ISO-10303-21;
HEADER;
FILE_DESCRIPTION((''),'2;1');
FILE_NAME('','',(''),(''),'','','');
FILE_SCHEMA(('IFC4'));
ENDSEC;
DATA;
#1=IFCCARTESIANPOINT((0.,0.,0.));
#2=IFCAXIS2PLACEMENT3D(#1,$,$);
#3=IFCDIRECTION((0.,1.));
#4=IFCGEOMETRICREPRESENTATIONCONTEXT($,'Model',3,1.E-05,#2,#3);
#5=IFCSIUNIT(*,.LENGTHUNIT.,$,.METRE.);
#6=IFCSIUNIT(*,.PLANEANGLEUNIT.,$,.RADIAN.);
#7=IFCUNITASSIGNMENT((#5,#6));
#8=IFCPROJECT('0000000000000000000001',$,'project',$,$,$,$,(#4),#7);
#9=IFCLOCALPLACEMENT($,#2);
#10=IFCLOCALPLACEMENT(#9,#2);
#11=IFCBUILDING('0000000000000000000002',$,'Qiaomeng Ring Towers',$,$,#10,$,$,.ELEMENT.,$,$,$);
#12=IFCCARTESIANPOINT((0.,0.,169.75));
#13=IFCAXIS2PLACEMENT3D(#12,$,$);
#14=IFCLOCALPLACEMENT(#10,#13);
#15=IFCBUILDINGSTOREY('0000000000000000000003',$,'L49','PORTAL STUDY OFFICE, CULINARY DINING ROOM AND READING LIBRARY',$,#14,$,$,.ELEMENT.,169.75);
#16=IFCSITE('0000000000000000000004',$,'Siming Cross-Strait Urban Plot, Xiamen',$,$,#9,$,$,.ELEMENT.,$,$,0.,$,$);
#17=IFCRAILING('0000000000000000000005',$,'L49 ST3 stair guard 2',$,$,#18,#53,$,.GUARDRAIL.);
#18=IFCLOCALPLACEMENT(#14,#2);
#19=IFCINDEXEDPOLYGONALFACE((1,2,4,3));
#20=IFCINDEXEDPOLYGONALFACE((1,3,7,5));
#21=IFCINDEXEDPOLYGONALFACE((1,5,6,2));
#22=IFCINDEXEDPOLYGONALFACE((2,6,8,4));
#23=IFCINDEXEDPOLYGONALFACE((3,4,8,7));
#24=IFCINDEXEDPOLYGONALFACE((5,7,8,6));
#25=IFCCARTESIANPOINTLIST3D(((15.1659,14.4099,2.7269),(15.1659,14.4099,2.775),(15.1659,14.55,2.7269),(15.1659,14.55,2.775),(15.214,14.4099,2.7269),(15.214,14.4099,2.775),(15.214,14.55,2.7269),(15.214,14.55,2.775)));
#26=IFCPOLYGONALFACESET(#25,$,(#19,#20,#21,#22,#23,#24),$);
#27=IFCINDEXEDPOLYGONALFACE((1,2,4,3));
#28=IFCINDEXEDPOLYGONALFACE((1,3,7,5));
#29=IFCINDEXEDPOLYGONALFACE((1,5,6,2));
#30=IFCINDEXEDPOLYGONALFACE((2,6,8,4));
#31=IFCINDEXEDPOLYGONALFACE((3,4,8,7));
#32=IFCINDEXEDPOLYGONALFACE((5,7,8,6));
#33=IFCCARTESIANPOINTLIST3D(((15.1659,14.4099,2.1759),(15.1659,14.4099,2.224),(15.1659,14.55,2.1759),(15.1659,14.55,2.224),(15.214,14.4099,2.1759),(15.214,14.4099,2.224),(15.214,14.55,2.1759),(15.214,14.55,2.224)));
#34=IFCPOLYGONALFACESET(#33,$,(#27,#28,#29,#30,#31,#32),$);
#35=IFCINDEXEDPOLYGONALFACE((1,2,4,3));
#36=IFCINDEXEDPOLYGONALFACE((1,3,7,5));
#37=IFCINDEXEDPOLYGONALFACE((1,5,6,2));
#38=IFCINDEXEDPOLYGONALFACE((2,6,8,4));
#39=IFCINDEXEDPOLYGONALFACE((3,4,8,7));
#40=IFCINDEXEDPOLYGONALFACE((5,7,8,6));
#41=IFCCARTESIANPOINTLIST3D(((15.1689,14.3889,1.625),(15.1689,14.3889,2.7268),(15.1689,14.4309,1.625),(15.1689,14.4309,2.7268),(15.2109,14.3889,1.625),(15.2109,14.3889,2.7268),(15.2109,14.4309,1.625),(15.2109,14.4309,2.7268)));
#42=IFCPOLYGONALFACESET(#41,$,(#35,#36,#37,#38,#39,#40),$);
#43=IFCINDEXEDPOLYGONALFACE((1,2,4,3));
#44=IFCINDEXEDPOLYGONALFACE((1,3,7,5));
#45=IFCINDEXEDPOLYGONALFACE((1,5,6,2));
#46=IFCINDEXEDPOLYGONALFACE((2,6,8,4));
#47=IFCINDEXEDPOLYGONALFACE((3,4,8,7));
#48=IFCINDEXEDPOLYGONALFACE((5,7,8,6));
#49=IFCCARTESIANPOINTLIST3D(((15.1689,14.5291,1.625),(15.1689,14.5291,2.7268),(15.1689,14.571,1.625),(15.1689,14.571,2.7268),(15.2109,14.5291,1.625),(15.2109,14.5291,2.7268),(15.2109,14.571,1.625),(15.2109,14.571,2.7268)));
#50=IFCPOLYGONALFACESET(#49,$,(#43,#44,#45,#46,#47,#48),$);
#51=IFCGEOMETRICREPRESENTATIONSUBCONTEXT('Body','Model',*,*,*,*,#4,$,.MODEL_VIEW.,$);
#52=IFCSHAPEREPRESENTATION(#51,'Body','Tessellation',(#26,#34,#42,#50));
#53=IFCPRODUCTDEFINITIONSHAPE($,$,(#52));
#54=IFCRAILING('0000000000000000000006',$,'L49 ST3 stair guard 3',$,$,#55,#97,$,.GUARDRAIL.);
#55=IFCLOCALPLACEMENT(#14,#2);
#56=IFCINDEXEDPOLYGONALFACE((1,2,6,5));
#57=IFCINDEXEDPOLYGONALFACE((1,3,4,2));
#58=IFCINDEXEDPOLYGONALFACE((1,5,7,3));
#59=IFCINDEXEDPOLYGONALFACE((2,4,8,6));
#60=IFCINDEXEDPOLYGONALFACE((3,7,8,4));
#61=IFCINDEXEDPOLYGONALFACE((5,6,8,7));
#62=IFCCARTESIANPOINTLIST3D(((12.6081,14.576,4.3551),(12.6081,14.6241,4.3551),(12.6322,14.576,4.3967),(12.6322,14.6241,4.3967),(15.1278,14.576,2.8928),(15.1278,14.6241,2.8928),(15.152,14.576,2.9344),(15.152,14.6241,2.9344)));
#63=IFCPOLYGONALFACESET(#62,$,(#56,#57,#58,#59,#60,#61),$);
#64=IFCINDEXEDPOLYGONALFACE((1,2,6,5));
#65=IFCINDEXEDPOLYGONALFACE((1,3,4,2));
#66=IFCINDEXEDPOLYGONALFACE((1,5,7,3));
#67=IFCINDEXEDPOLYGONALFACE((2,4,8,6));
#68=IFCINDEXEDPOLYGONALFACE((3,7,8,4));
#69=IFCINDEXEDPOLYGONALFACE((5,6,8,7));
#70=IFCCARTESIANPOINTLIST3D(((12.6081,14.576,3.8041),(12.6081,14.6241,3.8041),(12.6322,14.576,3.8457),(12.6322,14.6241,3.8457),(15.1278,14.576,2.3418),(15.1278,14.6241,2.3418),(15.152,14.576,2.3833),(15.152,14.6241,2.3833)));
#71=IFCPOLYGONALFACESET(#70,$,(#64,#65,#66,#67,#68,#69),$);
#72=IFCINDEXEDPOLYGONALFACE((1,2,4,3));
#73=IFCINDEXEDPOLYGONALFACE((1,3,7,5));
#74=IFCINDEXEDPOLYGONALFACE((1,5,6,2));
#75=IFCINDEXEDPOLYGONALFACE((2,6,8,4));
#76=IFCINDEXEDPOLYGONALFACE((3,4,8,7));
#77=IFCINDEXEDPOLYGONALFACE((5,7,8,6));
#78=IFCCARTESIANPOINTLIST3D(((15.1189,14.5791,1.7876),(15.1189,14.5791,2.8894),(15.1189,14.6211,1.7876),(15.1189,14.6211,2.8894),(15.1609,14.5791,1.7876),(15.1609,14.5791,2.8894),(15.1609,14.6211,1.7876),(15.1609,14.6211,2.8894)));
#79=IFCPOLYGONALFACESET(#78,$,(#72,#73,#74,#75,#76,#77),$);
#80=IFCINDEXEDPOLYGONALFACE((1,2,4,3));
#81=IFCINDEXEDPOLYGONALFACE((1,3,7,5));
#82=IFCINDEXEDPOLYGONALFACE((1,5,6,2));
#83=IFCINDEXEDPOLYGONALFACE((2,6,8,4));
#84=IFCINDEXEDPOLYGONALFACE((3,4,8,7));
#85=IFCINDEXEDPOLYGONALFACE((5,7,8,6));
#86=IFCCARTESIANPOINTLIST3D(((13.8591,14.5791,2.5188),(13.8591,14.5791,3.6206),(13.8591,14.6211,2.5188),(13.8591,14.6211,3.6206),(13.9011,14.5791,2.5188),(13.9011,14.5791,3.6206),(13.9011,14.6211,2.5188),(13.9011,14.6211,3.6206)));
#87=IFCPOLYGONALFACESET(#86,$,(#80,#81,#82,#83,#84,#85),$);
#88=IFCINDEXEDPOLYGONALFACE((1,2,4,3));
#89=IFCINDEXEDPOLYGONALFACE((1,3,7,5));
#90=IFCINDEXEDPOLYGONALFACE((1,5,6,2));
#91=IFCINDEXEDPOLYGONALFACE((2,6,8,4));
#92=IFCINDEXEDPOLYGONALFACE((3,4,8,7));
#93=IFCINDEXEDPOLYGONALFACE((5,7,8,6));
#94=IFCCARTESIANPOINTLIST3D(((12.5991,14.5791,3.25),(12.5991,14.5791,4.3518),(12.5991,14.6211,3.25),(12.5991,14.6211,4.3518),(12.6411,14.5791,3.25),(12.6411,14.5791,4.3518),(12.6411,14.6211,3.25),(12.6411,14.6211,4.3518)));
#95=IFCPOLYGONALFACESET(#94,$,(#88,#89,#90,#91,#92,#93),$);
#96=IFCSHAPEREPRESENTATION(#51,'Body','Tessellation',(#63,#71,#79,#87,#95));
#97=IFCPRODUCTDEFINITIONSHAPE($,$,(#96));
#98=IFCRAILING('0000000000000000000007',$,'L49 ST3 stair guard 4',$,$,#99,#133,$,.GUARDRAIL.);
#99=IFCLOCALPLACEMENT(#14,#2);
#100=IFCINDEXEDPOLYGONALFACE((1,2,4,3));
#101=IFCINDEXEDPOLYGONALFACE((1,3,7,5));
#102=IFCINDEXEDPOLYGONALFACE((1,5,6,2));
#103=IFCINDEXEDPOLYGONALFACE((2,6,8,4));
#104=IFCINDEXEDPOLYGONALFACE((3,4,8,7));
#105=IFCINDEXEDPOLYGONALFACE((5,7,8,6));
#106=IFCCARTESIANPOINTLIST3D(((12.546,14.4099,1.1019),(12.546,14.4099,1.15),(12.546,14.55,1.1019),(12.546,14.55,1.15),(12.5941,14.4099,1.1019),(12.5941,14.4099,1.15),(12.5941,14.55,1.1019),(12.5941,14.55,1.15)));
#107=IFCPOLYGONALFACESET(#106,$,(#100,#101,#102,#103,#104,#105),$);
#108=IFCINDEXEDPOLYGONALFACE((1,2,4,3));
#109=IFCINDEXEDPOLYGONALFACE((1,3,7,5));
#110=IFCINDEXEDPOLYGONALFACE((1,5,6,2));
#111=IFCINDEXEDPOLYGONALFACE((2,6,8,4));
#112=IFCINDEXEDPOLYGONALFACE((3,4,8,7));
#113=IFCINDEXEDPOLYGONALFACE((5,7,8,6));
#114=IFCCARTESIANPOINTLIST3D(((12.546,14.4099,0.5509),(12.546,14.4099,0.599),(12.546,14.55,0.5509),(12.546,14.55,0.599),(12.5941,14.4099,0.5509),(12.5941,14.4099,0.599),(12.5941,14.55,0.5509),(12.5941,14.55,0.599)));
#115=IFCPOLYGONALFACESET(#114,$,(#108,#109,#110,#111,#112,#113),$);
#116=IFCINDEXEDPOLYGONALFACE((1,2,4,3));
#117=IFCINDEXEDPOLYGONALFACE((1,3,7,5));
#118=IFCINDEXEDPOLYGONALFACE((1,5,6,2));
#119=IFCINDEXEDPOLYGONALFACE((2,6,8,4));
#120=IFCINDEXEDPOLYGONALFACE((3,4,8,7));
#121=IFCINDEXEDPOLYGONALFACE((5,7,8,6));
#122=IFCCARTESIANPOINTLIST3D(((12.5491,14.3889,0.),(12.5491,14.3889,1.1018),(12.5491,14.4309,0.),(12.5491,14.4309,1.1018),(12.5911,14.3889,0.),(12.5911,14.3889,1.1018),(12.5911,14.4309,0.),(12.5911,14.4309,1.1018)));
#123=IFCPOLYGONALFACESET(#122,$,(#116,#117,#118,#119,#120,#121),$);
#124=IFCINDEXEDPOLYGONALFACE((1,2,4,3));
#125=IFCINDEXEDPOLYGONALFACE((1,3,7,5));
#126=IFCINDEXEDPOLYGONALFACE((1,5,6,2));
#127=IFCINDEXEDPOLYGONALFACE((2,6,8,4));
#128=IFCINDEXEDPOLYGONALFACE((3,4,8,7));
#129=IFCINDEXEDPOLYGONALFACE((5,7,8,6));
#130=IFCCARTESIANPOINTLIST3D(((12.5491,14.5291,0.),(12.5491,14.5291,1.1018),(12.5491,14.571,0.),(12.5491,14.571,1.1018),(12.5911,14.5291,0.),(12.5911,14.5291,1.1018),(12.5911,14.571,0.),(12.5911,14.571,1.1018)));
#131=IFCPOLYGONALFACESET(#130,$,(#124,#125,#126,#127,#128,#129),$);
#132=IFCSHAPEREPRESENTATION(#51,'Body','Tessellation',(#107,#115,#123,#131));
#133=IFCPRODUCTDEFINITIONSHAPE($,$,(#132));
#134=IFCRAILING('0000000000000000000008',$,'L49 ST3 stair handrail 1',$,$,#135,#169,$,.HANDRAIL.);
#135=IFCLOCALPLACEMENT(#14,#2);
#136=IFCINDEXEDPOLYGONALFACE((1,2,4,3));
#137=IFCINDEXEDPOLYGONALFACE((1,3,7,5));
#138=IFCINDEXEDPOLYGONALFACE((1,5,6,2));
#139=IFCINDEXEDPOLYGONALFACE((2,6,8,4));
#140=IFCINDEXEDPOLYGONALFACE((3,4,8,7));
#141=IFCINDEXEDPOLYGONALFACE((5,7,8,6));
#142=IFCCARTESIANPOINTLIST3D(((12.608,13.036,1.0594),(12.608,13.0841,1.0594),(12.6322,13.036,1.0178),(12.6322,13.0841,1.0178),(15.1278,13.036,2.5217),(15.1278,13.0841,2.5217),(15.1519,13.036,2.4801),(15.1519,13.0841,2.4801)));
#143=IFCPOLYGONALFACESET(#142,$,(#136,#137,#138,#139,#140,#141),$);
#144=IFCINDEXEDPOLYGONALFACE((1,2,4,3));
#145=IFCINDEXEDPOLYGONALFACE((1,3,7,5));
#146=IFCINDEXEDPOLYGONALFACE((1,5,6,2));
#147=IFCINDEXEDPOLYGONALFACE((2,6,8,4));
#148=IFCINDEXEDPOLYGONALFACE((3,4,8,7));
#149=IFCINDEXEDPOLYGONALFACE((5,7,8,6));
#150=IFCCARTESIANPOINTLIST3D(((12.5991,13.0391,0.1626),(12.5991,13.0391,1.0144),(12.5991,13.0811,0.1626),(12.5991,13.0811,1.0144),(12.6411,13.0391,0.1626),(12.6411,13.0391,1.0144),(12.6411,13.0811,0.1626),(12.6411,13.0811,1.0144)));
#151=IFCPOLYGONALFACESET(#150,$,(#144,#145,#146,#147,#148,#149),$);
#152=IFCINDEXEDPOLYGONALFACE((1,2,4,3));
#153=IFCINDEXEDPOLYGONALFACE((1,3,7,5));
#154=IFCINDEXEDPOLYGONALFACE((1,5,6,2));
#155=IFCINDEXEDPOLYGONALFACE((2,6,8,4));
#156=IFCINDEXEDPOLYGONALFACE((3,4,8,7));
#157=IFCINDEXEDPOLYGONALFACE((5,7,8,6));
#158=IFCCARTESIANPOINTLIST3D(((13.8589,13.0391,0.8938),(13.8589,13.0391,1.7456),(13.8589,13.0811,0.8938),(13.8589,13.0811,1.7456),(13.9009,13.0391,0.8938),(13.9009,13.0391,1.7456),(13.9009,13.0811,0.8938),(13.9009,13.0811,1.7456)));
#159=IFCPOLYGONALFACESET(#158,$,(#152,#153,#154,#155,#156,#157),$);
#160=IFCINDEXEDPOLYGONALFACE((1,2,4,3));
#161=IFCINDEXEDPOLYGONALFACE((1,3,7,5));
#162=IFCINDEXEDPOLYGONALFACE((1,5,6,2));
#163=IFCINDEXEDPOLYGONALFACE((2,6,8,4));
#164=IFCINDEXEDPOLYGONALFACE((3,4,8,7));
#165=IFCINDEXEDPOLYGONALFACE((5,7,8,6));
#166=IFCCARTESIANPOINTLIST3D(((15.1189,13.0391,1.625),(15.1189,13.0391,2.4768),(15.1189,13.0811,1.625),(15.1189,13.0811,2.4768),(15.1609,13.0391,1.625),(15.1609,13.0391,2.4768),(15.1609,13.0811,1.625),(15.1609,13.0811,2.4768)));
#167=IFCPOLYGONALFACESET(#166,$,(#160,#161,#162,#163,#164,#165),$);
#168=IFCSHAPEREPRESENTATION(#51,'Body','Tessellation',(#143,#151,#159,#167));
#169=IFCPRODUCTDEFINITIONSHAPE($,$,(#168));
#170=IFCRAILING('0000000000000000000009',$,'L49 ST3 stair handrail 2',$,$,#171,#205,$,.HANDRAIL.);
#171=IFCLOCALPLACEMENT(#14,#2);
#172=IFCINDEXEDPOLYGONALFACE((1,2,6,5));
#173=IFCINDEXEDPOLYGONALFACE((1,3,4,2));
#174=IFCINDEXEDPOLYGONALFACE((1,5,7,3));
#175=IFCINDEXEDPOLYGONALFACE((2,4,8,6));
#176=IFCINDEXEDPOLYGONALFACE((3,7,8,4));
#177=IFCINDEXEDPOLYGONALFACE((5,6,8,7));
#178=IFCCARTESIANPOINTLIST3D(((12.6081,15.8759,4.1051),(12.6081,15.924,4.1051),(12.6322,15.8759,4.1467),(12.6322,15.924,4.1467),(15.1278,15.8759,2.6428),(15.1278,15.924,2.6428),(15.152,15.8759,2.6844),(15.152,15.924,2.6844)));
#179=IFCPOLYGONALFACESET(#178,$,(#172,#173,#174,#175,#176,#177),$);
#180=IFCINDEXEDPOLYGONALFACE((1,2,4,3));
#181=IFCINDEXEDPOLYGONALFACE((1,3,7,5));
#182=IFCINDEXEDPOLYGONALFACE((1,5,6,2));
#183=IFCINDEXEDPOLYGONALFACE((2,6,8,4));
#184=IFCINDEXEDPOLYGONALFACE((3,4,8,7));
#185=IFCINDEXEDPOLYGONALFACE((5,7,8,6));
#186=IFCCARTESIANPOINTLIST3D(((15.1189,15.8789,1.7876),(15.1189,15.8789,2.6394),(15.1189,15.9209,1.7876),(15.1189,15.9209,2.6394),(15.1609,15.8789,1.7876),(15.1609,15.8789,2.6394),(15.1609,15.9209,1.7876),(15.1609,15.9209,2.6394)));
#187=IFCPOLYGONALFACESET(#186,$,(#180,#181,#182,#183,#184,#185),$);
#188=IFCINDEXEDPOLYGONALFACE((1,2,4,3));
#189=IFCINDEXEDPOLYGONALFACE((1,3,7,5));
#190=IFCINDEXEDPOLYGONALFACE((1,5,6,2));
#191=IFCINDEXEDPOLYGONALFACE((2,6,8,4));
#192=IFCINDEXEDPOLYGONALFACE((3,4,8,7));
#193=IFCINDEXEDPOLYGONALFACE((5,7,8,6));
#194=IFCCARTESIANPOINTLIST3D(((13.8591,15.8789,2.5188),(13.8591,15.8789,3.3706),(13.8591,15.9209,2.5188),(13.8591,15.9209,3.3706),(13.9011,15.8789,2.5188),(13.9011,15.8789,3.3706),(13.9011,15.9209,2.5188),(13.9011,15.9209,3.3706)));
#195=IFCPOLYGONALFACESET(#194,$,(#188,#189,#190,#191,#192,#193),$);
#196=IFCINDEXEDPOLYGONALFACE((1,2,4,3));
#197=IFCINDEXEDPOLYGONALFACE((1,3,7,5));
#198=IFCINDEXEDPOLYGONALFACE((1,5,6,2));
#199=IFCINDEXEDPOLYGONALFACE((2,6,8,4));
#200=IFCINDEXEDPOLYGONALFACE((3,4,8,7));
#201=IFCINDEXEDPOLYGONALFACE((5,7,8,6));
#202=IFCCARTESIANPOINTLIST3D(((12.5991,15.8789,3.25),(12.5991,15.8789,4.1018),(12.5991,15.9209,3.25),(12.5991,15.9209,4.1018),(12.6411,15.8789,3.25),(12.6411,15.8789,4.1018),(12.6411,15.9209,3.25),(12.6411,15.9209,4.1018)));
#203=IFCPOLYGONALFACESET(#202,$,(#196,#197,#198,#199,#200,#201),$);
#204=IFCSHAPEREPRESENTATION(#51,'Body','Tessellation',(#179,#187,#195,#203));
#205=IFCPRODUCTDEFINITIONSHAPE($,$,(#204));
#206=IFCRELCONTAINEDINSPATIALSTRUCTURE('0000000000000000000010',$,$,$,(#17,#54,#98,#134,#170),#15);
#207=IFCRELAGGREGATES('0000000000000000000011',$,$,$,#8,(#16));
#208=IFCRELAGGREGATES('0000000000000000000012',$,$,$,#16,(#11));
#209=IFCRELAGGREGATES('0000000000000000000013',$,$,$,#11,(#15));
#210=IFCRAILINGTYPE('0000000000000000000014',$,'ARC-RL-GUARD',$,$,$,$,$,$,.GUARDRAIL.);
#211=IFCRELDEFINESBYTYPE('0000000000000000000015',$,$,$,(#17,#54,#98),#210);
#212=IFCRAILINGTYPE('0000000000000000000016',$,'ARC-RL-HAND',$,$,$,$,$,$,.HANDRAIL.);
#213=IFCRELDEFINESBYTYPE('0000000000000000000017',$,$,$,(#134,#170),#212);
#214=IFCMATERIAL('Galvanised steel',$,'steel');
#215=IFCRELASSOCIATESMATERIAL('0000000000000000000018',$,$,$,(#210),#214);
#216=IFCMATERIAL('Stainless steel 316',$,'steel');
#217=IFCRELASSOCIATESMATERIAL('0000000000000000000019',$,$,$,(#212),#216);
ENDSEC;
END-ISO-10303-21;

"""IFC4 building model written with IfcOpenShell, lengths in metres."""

from ifc_helpers import new_model, si_unit, direction, frame, origin, origin_2d, place, context, subcontext, project, spatial, rectangle, extrude, material, type_object, element, save


model = new_model("IFC4")

# Units and contexts
model_context = context("Model", 3, precision=1e-05, world=origin(), true_north=direction((0.0, 1.0)))
body_context = subcontext(model_context, "Body", "Model", "MODEL_VIEW")
ifc_project = project(units=[si_unit("LENGTHUNIT", "METRE"), si_unit("PLANEANGLEUNIT", "RADIAN")], contexts=[model_context])

# Site, building, storey
site_placement = place(None, origin())
site = spatial("IfcSite", under=ifc_project, at=site_placement, Name="Siming Cross-Strait Urban Plot, Xiamen", CompositionType="ELEMENT", RefElevation=0.0)
building_placement = place(site_placement, origin())
building = spatial("IfcBuilding", under=site, at=building_placement, Name="Qiaomeng Ring Towers", CompositionType="ELEMENT")
storey_placement = place(building_placement, frame((0.0, 0.0, 169.75)))
storey = spatial("IfcBuildingStorey", under=building, at=storey_placement, Name="L49", Description="PORTAL STUDY OFFICE, CULINARY DINING ROOM AND READING LIBRARY", CompositionType="ELEMENT", Elevation=169.75)

# Shared definitions
ifc_material_1 = material(Name="Galvanised steel", Category="steel")

# Railings
railing_type_1 = type_object("IfcRailingType", Name="ARC-RL-GUARD", PredefinedType="GUARDRAIL", material=ifc_material_1)
railing_1_placement = place(storey_placement, frame((15.1899, 14.4099, 1.625)))
element("IfcRailing", 1, at=railing_1_placement, inside=storey, type_object=railing_type_1, Name="L49 ST3 stair guard 2", PredefinedType="GUARDRAIL", context=body_context, shape_type="SweptSolid", body=[
    extrude(rectangle(XDim=0.0481, YDim=0.0481, at=origin_2d()), frame((0.0, 0.0, 1.126), z_axis=(0.0, 1.0, 0.0), x_axis=(-1.0, 0.0, 0.0)), (0.0, 0.0, 1.0), 0.1401),
    extrude(rectangle(XDim=0.0481, YDim=0.0481, at=origin_2d()), frame((0.0, 0.0, 0.575), z_axis=(0.0, 1.0, 0.0), x_axis=(-1.0, 0.0, 0.0)), (0.0, 0.0, 1.0), 0.1401),
    extrude(rectangle(XDim=0.042, YDim=0.042, at=origin_2d()), origin(), (0.0, 0.0, 1.0), 1.1018),
    extrude(rectangle(XDim=0.042, YDim=0.042, at=origin_2d()), frame((0.0, 0.1401, 0.0)), (0.0, 0.0, 1.0), 1.1018),
])
railing_2_placement = place(storey_placement, frame((15.1399, 14.6001, 1.7876)))
element("IfcRailing", 2, at=railing_2_placement, inside=storey, type_object=railing_type_1, Name="L49 ST3 stair guard 3", PredefinedType="GUARDRAIL", context=body_context, shape_type="SweptSolid", body=[
    extrude(rectangle(XDim=0.0481, YDim=0.0481, at=origin_2d()), frame((0.0, 0.0, 1.126), z_axis=(-0.864892, 0.0, 0.501958), x_axis=(0.0, -1.0, 0.0)), (0.0, 0.0, 1.0), 2.9133),
    extrude(rectangle(XDim=0.0481, YDim=0.0481, at=origin_2d()), frame((0.0, 0.0, 0.575), z_axis=(-0.864892, 0.0, 0.501958), x_axis=(0.0, -1.0, 0.0)), (0.0, 0.0, 1.0), 2.9133),
    extrude(rectangle(XDim=0.042, YDim=0.042, at=origin_2d()), origin(), (0.0, 0.0, 1.0), 1.1018),
    extrude(rectangle(XDim=0.042, YDim=0.042, at=origin_2d()), frame((-1.2598, 0.0, 0.7312)), (0.0, 0.0, 1.0), 1.1018),
    extrude(rectangle(XDim=0.042, YDim=0.042, at=origin_2d()), frame((-2.5198, 0.0, 1.4624)), (0.0, 0.0, 1.0), 1.1018),
])
railing_3_placement = place(storey_placement, frame((12.5701, 14.4099, 0.0)))
element("IfcRailing", 3, at=railing_3_placement, inside=storey, type_object=railing_type_1, Name="L49 ST3 stair guard 4", PredefinedType="GUARDRAIL", context=body_context, shape_type="SweptSolid", body=[
    extrude(rectangle(XDim=0.0481, YDim=0.0481, at=origin_2d()), frame((0.0, 0.0, 1.126), z_axis=(0.0, 1.0, 0.0), x_axis=(-1.0, 0.0, 0.0)), (0.0, 0.0, 1.0), 0.1401),
    extrude(rectangle(XDim=0.0481, YDim=0.0481, at=origin_2d()), frame((0.0, 0.0, 0.575), z_axis=(0.0, 1.0, 0.0), x_axis=(-1.0, 0.0, 0.0)), (0.0, 0.0, 1.0), 0.1401),
    extrude(rectangle(XDim=0.042, YDim=0.042, at=origin_2d()), origin(), (0.0, 0.0, 1.0), 1.1018),
    extrude(rectangle(XDim=0.042, YDim=0.042, at=origin_2d()), frame((0.0, 0.1401, 0.0)), (0.0, 0.0, 1.0), 1.1018),
])
ifc_material_2 = material(Name="Stainless steel 316", Category="steel")
railing_type_2 = type_object("IfcRailingType", Name="ARC-RL-HAND", PredefinedType="HANDRAIL", material=ifc_material_2)
railing_4_placement = place(storey_placement, frame((12.6201, 13.0601, 0.1626)))
element("IfcRailing", 4, at=railing_4_placement, inside=storey, type_object=railing_type_2, Name="L49 ST3 stair handrail 1", PredefinedType="HANDRAIL", context=body_context, shape_type="SweptSolid", body=[
    extrude(rectangle(XDim=0.0481, YDim=0.0481, at=origin_2d()), frame((0.0, 0.0, 0.876), z_axis=(0.864892, 0.0, 0.501958), x_axis=(0.0, 1.0, 0.0)), (0.0, 0.0, 1.0), 2.9133),
    extrude(rectangle(XDim=0.042, YDim=0.042, at=origin_2d()), origin(), (0.0, 0.0, 1.0), 0.8518),
    extrude(rectangle(XDim=0.042, YDim=0.042, at=origin_2d()), frame((1.2598, 0.0, 0.7312)), (0.0, 0.0, 1.0), 0.8518),
    extrude(rectangle(XDim=0.042, YDim=0.042, at=origin_2d()), frame((2.5198, 0.0, 1.4624)), (0.0, 0.0, 1.0), 0.8518),
])
railing_5_placement = place(storey_placement, frame((15.1399, 15.8999, 1.7876)))
element("IfcRailing", 5, at=railing_5_placement, inside=storey, type_object=railing_type_2, Name="L49 ST3 stair handrail 2", PredefinedType="HANDRAIL", context=body_context, shape_type="SweptSolid", body=[
    extrude(rectangle(XDim=0.0481, YDim=0.0481, at=origin_2d()), frame((0.0, 0.0, 0.876), z_axis=(-0.864892, 0.0, 0.501958), x_axis=(0.0, -1.0, 0.0)), (0.0, 0.0, 1.0), 2.9133),
    extrude(rectangle(XDim=0.042, YDim=0.042, at=origin_2d()), origin(), (0.0, 0.0, 1.0), 0.8518),
    extrude(rectangle(XDim=0.042, YDim=0.042, at=origin_2d()), frame((-1.2598, 0.0, 0.7312)), (0.0, 0.0, 1.0), 0.8518),
    extrude(rectangle(XDim=0.042, YDim=0.042, at=origin_2d()), frame((-2.5198, 0.0, 1.4624)), (0.0, 0.0, 1.0), 0.8518),
])

save(model, "model.ifc")
